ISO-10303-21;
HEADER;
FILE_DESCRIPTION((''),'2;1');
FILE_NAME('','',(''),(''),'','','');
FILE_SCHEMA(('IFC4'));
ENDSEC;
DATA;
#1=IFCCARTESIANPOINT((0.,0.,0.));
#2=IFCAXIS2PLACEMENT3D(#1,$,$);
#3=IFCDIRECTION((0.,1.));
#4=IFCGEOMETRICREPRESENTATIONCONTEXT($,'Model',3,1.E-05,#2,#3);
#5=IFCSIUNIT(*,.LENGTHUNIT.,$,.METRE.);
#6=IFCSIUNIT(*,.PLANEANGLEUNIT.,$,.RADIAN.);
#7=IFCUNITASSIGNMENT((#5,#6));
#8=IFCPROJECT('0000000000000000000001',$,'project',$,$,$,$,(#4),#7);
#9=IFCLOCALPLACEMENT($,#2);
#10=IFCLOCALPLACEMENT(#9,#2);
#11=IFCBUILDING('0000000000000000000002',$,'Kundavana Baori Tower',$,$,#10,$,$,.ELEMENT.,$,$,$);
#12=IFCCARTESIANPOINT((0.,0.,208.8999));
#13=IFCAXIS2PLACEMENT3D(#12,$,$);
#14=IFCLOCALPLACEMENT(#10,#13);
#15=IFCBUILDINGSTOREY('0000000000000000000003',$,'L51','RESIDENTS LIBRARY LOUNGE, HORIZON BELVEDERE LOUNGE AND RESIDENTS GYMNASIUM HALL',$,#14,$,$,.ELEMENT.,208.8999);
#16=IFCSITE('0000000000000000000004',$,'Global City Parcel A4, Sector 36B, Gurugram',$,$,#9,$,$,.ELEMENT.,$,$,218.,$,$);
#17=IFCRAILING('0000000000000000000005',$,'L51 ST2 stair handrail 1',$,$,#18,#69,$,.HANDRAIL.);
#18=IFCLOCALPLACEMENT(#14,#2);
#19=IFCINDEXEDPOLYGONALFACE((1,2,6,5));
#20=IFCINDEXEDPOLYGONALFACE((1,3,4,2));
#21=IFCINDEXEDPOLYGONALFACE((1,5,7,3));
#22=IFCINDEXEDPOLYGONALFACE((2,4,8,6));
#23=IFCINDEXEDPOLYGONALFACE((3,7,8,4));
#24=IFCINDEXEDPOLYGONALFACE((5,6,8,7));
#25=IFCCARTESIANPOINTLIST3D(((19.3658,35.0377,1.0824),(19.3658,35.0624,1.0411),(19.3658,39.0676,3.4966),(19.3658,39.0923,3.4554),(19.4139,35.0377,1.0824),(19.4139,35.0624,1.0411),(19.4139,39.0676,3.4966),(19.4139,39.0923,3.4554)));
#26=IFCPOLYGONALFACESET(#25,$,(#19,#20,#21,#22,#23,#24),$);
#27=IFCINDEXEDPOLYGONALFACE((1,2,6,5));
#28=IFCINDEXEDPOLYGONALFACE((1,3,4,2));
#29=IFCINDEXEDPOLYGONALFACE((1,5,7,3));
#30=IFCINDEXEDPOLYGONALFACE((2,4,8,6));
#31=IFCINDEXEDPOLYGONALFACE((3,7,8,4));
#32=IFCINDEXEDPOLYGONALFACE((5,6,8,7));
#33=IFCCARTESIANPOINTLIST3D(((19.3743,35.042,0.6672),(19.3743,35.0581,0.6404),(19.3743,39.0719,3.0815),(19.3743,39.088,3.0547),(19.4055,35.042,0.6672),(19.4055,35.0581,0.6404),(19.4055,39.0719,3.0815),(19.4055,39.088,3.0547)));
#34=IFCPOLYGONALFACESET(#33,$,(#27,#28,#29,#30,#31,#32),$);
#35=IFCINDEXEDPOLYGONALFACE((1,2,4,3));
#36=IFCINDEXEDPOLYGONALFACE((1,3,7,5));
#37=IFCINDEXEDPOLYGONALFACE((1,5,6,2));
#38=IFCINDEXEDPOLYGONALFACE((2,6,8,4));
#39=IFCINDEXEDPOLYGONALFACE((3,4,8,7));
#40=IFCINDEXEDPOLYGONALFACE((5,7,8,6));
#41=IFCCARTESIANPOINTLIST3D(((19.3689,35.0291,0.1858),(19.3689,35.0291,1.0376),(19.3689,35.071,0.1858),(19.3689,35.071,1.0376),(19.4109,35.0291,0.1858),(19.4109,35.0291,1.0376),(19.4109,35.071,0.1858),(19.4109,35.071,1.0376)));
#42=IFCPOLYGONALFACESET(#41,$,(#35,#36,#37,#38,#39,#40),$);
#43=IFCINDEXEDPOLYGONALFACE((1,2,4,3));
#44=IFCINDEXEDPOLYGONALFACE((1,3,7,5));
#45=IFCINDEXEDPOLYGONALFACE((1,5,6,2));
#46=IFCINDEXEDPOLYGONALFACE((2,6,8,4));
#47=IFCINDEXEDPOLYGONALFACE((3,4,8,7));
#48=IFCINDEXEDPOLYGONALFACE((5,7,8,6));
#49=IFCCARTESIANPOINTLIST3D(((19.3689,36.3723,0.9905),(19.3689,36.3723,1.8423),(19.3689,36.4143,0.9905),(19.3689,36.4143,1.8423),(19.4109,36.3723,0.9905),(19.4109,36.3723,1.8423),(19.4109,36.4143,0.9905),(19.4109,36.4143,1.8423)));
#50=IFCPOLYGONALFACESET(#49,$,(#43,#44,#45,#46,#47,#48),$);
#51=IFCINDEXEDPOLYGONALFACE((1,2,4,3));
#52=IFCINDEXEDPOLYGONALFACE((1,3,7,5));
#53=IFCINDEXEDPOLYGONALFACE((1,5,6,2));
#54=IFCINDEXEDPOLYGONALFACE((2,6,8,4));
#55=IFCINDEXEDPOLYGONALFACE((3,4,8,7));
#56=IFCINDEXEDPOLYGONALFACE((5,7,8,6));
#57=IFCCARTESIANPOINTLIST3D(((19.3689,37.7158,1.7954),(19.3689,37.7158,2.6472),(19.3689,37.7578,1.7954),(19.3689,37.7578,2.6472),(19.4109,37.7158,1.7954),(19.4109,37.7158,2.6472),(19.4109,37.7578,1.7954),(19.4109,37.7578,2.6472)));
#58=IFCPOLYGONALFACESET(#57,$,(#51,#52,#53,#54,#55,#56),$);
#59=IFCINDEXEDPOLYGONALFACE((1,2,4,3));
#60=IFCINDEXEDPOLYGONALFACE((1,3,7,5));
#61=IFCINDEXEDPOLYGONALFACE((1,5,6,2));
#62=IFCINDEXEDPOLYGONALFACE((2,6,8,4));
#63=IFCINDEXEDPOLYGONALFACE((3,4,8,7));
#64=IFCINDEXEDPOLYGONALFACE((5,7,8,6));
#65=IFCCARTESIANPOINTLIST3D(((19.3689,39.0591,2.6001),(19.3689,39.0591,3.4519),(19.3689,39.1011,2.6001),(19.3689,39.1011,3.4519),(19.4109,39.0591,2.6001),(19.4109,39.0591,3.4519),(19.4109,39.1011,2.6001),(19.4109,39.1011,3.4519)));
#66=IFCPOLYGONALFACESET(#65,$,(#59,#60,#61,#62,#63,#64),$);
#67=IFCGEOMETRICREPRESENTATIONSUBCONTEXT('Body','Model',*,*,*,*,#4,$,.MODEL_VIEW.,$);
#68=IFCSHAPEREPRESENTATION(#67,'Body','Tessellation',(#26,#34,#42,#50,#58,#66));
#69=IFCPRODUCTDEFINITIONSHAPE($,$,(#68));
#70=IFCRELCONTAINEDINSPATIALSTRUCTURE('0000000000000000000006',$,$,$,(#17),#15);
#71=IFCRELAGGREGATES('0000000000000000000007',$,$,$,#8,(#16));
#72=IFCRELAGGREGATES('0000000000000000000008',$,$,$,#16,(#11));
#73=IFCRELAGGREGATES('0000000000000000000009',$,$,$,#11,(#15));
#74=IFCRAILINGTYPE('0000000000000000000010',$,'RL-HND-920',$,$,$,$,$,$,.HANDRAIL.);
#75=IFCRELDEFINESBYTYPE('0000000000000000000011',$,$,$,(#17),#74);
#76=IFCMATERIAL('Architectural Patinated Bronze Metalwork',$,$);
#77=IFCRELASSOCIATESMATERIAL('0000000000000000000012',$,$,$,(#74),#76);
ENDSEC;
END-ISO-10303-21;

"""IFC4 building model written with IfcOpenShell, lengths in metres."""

from ifc_helpers import new_model, si_unit, direction, frame, origin, origin_2d, place, context, subcontext, project, spatial, rectangle, extrude, material, type_object, element, save


model = new_model("IFC4")

# Units and contexts
model_context = context("Model", 3, precision=1e-05, world=origin(), true_north=direction((0.0, 1.0)))
body_context = subcontext(model_context, "Body", "Model", "MODEL_VIEW")
ifc_project = project(units=[si_unit("LENGTHUNIT", "METRE"), si_unit("PLANEANGLEUNIT", "RADIAN")], contexts=[model_context])

# Site, building, storey
site_placement = place(None, origin())
site = spatial("IfcSite", under=ifc_project, at=site_placement, Name="Global City Parcel A4, Sector 36B, Gurugram", CompositionType="ELEMENT", RefElevation=218.0)
building_placement = place(site_placement, origin())
building = spatial("IfcBuilding", under=site, at=building_placement, Name="Kundavana Baori Tower", CompositionType="ELEMENT")
storey_placement = place(building_placement, frame((0.0, 0.0, 208.8999)))
storey = spatial("IfcBuildingStorey", under=building, at=storey_placement, Name="L51", Description="RESIDENTS LIBRARY LOUNGE, HORIZON BELVEDERE LOUNGE AND RESIDENTS GYMNASIUM HALL", CompositionType="ELEMENT", Elevation=208.8999)

# Railing
ifc_material_1 = material(Name="Architectural Patinated Bronze Metalwork")
railing_type_1 = type_object("IfcRailingType", Name="RL-HND-920", PredefinedType="HANDRAIL", material=ifc_material_1)
railing_1_placement = place(storey_placement, frame((19.3899, 35.05, 0.1858)))
element("IfcRailing", 1, at=railing_1_placement, inside=storey, type_object=railing_type_1, Name="L51 ST2 stair handrail 1", PredefinedType="HANDRAIL", context=body_context, shape_type="SweptSolid", body=[
    extrude(rectangle(XDim=0.0481, YDim=0.0481, at=origin_2d()), frame((0.0, 0.0, 0.876), z_axis=(0.0, 0.857841, 0.513915), x_axis=(-1.0, 0.0, 0.0)), (0.0, 0.0, 1.0), 4.6978),
    extrude(rectangle(XDim=0.0312, YDim=0.0312, at=origin_2d()), frame((0.0, 0.0, 0.468), z_axis=(0.0, 0.857841, 0.513915), x_axis=(-1.0, 0.0, 0.0)), (0.0, 0.0, 1.0), 4.6978),
    extrude(rectangle(XDim=0.042, YDim=0.042, at=origin_2d()), origin(), (0.0, 0.0, 1.0), 0.8518),
    extrude(rectangle(XDim=0.042, YDim=0.042, at=origin_2d()), frame((0.0, 1.3433, 0.8047)), (0.0, 0.0, 1.0), 0.8518),
    extrude(rectangle(XDim=0.042, YDim=0.042, at=origin_2d()), frame((0.0, 2.6868, 1.6096)), (0.0, 0.0, 1.0), 0.8518),
    extrude(rectangle(XDim=0.042, YDim=0.042, at=origin_2d()), frame((0.0, 4.03, 2.4143)), (0.0, 0.0, 1.0), 0.8518),
])

save(model, "model.ifc")
